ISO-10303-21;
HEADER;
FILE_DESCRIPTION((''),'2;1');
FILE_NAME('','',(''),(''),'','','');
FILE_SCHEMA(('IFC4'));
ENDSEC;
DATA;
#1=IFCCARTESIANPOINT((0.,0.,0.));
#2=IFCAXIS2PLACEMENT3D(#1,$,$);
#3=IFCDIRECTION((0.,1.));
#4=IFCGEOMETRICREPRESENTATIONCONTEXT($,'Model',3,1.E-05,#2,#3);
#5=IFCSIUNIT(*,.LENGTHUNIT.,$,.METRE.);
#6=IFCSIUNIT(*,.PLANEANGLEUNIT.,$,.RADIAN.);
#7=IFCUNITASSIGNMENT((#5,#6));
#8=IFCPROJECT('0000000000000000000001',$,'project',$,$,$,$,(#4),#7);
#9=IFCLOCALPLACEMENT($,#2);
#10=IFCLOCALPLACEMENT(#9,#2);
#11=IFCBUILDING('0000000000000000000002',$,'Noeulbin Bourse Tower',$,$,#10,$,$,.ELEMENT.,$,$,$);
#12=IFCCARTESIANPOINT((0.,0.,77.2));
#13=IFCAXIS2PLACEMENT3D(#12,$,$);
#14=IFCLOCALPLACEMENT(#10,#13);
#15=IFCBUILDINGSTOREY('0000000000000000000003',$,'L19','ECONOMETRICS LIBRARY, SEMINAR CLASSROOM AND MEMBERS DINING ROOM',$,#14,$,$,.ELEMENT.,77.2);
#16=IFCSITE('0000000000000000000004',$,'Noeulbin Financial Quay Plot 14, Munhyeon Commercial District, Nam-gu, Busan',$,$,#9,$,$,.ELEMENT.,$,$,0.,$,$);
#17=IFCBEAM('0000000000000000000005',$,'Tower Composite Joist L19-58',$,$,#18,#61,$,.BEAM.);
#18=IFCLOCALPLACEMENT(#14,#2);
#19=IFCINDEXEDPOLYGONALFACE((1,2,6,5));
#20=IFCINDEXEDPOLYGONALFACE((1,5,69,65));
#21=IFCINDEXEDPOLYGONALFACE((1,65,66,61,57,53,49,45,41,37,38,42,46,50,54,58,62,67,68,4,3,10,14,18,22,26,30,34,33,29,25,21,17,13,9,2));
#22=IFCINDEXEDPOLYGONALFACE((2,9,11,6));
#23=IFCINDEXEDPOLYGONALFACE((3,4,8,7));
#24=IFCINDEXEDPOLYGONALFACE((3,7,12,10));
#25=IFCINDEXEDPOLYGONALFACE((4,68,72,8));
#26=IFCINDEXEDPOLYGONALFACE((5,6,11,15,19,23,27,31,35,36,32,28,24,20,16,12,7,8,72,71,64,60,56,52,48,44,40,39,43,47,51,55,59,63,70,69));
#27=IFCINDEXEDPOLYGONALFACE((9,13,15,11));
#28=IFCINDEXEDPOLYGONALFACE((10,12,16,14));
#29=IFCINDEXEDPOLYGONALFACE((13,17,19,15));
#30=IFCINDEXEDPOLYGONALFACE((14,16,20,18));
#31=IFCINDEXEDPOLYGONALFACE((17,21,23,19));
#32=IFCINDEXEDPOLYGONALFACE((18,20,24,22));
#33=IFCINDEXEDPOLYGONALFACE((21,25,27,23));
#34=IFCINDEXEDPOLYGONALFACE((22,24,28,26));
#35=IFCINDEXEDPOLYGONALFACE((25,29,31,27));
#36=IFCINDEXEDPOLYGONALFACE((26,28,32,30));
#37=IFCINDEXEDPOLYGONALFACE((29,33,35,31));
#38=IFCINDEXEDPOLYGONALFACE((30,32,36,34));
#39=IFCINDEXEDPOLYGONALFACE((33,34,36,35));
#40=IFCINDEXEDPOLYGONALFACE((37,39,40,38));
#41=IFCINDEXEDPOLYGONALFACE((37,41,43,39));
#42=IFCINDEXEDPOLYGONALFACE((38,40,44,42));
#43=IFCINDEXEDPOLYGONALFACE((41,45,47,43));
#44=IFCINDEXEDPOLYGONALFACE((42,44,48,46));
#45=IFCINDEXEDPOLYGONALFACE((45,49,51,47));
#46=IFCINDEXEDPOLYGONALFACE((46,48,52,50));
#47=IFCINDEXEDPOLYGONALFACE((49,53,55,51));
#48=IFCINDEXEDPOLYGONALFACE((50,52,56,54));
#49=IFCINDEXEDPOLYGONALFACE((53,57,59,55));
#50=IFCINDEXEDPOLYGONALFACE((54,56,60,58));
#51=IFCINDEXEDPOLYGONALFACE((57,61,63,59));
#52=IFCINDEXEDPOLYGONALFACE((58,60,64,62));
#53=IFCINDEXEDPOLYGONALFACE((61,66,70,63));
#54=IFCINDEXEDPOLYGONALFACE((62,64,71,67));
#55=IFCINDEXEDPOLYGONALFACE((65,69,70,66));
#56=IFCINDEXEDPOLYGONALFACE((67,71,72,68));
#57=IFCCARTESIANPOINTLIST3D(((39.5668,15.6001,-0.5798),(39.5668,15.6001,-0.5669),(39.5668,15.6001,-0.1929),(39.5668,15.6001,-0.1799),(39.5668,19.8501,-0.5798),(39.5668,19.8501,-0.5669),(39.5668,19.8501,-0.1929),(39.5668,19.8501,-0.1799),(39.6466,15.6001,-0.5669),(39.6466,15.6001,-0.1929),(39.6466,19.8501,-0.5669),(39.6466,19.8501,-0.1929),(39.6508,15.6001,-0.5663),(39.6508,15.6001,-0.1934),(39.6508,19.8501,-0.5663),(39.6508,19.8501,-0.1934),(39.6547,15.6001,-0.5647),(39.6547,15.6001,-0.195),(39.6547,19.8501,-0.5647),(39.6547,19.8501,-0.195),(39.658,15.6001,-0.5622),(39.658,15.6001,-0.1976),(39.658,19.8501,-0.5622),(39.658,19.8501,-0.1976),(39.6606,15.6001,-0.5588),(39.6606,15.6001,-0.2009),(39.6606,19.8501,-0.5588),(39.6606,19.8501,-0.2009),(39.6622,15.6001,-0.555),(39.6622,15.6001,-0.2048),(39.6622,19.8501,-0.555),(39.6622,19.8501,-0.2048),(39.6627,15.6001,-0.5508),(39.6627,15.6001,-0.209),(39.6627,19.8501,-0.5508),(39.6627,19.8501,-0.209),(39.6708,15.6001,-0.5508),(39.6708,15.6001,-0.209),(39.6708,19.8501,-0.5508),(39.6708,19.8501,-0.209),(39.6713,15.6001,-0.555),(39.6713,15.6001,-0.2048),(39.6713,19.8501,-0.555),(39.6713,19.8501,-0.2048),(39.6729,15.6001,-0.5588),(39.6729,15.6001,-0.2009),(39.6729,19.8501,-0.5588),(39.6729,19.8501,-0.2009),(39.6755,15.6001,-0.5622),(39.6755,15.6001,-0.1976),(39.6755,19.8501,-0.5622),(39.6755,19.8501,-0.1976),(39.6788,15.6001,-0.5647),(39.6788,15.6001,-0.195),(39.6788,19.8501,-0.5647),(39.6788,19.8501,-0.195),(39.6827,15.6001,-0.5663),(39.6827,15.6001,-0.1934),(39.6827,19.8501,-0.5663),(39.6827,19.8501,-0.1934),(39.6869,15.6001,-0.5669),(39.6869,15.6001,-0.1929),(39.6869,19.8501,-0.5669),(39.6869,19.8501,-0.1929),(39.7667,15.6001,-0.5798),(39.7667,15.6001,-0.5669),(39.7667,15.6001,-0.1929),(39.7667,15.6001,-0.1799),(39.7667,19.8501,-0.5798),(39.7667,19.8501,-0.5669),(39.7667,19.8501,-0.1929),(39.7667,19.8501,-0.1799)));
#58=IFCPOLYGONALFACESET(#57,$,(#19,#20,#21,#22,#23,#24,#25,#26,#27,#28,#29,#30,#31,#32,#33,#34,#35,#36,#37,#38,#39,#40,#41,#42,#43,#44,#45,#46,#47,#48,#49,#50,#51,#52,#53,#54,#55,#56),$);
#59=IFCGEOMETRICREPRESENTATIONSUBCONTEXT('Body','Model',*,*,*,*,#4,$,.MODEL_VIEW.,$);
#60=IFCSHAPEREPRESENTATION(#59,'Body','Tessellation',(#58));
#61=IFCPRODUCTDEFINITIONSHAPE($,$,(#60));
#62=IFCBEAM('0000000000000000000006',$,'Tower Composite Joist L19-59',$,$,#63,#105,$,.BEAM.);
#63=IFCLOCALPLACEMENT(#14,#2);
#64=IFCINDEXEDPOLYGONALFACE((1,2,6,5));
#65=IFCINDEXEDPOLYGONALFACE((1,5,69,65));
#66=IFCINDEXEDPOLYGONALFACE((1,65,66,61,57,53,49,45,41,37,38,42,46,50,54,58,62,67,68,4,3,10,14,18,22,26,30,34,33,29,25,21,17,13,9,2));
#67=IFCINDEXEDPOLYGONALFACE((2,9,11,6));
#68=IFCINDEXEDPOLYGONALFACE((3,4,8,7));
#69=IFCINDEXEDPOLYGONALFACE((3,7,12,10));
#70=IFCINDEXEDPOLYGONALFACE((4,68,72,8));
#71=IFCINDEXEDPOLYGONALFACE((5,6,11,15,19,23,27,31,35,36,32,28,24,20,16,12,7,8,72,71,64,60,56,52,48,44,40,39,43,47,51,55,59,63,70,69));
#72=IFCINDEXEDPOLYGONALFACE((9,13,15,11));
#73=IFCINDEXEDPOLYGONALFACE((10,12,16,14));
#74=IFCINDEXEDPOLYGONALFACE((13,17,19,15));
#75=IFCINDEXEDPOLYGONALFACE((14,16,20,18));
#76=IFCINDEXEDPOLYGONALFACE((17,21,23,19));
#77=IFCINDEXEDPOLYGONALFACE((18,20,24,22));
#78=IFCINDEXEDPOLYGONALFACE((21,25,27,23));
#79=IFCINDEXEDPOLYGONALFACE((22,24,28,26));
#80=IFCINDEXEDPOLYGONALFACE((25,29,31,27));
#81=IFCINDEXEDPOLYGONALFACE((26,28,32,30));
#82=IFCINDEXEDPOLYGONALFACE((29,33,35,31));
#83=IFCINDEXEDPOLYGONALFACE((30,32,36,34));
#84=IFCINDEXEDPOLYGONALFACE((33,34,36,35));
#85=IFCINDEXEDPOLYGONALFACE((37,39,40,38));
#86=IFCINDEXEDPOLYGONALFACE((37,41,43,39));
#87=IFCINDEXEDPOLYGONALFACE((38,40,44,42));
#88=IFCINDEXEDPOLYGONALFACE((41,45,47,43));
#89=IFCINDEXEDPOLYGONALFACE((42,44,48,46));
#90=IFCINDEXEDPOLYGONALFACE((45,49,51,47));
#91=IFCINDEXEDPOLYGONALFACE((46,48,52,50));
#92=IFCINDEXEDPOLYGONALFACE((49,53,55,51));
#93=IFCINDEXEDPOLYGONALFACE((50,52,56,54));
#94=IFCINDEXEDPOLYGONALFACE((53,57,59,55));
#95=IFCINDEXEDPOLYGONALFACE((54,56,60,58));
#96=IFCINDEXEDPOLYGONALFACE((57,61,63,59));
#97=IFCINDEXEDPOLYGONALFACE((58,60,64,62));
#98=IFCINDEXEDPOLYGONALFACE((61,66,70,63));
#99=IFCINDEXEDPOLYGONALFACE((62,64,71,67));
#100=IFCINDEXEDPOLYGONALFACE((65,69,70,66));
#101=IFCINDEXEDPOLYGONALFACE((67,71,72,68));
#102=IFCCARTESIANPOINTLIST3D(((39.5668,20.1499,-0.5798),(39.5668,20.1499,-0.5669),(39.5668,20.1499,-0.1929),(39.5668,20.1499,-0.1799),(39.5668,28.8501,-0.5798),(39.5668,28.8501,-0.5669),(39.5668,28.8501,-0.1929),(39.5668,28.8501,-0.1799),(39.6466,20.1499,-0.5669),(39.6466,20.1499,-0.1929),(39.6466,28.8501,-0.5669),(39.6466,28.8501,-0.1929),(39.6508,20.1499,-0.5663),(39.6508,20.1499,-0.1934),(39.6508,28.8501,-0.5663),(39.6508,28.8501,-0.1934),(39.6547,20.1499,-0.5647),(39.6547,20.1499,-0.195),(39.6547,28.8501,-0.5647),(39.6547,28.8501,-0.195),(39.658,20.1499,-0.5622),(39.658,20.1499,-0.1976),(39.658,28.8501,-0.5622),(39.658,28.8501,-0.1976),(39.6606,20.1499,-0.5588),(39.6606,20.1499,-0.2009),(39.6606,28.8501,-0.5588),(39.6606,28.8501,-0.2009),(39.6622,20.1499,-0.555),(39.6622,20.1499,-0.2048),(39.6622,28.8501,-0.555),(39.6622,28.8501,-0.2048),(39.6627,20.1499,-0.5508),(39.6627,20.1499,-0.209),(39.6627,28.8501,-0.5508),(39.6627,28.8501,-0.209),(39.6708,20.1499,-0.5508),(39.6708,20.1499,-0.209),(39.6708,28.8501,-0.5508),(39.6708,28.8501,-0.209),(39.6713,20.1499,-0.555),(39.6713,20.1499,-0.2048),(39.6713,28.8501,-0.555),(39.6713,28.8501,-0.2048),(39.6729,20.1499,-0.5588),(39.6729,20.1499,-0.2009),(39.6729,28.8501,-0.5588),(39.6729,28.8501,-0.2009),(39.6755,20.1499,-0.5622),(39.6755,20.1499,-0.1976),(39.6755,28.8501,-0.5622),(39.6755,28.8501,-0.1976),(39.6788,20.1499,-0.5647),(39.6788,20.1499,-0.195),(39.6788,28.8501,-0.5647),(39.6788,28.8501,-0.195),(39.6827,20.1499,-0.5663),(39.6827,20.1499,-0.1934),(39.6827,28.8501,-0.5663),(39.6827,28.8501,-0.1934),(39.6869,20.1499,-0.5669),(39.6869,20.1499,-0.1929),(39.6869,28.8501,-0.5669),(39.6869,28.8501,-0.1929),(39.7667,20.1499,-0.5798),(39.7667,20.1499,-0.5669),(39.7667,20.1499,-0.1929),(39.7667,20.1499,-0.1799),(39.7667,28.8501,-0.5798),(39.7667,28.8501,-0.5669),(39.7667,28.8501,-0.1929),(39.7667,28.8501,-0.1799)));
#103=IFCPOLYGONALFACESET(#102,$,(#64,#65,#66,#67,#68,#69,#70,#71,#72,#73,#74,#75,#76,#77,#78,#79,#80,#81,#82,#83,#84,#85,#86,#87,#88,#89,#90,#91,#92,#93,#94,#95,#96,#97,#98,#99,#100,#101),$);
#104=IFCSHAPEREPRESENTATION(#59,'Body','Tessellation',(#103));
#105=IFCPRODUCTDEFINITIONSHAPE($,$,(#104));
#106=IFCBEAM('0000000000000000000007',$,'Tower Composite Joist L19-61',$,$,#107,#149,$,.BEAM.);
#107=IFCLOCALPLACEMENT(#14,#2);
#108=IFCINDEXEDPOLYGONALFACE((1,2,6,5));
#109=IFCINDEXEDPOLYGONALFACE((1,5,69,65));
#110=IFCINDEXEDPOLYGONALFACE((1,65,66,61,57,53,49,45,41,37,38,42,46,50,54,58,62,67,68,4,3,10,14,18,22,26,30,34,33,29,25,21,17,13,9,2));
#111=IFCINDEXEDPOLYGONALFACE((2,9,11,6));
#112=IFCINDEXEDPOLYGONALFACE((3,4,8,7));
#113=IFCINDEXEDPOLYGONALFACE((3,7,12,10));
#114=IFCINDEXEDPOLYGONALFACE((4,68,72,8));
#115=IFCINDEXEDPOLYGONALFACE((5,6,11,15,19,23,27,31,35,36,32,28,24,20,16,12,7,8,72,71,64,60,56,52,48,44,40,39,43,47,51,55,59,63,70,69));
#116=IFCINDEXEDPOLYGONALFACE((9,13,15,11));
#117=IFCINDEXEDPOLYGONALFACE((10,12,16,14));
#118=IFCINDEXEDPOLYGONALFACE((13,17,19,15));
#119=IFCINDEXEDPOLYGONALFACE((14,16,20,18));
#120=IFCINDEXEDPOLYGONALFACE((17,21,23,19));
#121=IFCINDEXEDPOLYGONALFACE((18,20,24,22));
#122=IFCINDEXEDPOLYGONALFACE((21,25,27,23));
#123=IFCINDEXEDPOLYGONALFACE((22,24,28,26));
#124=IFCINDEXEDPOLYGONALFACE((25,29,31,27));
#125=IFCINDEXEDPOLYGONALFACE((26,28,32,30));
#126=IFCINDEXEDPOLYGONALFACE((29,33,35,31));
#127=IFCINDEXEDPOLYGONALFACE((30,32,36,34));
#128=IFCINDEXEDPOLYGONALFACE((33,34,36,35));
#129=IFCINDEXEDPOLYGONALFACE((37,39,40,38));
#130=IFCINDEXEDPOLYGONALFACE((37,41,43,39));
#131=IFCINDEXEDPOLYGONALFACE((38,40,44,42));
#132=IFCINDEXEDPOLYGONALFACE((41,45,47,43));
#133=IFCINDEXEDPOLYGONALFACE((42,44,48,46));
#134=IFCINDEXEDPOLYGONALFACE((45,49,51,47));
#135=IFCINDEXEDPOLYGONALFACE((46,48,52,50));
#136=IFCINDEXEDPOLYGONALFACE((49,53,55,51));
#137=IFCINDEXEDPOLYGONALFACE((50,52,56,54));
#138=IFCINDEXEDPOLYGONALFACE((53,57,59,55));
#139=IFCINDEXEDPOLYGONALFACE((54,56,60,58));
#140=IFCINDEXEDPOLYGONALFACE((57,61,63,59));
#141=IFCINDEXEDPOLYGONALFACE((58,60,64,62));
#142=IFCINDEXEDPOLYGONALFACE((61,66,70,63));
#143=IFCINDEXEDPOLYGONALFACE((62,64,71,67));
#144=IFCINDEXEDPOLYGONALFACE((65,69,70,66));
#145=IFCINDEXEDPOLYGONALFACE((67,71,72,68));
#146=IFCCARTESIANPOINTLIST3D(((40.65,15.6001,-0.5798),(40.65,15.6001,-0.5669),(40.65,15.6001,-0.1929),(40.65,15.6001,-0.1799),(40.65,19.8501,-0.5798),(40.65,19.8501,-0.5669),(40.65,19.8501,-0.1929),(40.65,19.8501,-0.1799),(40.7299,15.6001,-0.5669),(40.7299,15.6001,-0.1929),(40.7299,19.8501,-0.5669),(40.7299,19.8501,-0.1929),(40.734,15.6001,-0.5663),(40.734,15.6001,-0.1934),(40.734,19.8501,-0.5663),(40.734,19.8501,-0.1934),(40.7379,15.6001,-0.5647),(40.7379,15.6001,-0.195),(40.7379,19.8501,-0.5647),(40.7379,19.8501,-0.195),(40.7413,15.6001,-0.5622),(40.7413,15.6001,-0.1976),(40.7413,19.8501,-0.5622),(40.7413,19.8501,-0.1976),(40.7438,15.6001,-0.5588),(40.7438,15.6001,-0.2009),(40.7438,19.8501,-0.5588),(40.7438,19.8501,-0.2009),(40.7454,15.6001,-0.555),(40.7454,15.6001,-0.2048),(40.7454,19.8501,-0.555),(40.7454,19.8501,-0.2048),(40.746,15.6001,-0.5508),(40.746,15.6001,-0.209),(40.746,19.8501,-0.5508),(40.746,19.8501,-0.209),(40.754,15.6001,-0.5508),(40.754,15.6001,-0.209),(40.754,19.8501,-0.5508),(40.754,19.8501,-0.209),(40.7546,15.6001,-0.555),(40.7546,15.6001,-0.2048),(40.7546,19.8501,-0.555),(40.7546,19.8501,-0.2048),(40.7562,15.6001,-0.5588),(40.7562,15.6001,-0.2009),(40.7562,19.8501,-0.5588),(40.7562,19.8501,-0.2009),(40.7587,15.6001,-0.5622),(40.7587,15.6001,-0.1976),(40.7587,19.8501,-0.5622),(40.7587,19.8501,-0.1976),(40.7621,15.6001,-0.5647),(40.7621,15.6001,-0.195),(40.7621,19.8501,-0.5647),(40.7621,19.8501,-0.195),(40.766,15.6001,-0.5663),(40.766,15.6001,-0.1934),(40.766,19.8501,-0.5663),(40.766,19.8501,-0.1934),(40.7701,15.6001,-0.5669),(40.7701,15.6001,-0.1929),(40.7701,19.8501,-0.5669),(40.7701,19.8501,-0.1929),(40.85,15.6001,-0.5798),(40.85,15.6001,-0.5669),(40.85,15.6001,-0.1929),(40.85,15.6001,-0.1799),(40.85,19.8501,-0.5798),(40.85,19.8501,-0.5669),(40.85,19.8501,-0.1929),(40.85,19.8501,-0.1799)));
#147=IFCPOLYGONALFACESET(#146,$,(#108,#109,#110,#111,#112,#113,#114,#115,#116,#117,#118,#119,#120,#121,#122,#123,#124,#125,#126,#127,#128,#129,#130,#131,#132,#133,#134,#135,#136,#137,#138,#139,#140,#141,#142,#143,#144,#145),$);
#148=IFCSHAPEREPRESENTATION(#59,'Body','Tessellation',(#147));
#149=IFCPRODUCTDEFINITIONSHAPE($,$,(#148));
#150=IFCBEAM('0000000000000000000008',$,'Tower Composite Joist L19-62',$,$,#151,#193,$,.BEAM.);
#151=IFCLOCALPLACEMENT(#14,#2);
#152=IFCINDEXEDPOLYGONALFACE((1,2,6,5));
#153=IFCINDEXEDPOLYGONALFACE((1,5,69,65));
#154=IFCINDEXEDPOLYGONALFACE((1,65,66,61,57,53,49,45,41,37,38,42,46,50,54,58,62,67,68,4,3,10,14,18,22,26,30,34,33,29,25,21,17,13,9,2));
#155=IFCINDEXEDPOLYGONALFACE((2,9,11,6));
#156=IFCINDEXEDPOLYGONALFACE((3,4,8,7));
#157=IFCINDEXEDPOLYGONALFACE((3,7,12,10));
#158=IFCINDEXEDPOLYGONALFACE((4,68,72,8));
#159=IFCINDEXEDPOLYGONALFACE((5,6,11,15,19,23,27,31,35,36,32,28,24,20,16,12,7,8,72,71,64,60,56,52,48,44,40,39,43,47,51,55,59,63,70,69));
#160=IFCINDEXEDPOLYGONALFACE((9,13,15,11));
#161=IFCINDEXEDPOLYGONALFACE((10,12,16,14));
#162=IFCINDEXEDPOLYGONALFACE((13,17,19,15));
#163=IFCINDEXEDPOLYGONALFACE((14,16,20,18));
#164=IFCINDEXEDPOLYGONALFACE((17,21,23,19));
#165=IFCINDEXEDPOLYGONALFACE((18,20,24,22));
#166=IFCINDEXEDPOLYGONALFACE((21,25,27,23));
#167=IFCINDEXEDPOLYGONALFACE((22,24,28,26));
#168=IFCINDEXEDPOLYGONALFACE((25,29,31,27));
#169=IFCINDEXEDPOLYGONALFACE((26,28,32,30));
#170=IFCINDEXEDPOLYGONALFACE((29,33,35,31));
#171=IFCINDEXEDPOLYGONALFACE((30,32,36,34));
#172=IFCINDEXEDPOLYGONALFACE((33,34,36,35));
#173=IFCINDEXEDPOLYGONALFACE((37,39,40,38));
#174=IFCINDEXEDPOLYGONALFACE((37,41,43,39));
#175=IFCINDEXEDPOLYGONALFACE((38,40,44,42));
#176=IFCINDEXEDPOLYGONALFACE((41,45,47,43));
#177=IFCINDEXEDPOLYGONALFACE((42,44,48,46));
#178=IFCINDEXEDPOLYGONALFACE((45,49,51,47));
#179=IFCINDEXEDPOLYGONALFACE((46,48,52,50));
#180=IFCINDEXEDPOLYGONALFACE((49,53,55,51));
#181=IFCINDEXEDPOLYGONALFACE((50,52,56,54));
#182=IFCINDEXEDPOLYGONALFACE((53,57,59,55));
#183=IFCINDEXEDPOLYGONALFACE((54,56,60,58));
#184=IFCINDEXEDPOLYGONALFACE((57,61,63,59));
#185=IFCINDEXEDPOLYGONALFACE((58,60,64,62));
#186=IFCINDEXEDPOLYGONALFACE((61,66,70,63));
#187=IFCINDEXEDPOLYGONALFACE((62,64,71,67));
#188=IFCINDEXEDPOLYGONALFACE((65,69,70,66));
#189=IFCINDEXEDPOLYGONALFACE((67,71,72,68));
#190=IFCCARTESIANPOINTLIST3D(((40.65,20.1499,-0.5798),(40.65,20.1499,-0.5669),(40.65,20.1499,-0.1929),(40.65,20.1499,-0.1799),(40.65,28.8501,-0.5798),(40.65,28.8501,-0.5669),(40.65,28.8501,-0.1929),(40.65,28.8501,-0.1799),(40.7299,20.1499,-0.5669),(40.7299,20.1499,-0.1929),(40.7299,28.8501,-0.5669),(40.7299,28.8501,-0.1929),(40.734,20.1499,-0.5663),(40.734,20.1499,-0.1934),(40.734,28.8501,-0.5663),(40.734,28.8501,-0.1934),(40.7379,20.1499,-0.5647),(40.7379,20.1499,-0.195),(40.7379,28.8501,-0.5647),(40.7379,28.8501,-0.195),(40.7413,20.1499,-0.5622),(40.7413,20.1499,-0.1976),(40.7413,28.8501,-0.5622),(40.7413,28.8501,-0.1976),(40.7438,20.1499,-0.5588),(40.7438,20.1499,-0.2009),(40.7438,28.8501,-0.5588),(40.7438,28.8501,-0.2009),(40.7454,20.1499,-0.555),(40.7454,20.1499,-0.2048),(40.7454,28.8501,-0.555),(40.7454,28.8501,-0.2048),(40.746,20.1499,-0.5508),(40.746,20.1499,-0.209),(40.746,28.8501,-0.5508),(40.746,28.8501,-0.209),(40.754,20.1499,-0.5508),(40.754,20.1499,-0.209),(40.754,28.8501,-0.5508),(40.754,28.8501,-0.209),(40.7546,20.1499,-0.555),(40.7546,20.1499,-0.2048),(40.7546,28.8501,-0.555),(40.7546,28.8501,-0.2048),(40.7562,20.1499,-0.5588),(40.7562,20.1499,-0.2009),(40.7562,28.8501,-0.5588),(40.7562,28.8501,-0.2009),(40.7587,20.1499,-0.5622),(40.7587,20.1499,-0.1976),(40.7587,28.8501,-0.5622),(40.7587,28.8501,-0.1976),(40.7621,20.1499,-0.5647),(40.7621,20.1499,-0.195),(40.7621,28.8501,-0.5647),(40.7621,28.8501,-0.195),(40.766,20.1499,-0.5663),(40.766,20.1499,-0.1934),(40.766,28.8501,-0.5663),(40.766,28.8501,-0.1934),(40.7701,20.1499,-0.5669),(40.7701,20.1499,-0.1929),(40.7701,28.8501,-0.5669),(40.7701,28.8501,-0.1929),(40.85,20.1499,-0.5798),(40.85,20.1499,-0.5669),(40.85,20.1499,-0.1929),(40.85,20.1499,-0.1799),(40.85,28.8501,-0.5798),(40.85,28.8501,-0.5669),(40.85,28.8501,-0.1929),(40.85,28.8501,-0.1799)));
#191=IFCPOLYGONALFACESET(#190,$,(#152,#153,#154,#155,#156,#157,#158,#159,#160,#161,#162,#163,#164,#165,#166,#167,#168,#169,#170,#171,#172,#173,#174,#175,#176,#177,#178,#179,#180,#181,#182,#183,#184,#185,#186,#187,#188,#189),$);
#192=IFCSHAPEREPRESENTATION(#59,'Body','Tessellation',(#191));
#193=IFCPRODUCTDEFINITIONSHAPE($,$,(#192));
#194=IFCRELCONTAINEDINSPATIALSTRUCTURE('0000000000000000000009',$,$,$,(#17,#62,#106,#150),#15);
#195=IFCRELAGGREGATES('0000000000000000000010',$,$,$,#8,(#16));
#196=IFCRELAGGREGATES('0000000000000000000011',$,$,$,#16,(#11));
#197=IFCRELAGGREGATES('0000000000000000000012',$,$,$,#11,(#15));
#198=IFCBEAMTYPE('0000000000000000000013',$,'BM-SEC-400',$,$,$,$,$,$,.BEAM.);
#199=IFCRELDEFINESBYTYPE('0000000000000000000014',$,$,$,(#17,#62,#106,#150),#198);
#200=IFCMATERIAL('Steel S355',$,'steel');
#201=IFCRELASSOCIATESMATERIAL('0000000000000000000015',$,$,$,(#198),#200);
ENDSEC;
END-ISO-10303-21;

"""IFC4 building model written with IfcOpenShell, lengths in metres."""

from ifc_helpers import new_model, si_unit, direction, frame, origin, origin_2d, place, context, subcontext, project, spatial, i_section, extrude, material, material_profile, profile_set, type_object, element, save


model = new_model("IFC4")

# Units and contexts
model_context = context("Model", 3, precision=1e-05, world=origin(), true_north=direction((0.0, 1.0)))
body_context = subcontext(model_context, "Body", "Model", "MODEL_VIEW")
ifc_project = project(units=[si_unit("LENGTHUNIT", "METRE"), si_unit("PLANEANGLEUNIT", "RADIAN")], contexts=[model_context])

# Site, building, storey
site_placement = place(None, origin())
site = spatial("IfcSite", under=ifc_project, at=site_placement, Name="Noeulbin Financial Quay Plot 14, Munhyeon Commercial District, Nam-gu, Busan", CompositionType="ELEMENT", RefElevation=0.0)
building_placement = place(site_placement, origin())
building = spatial("IfcBuilding", under=site, at=building_placement, Name="Noeulbin Bourse Tower", CompositionType="ELEMENT")
storey_placement = place(building_placement, frame((0.0, 0.0, 77.2)))
storey = spatial("IfcBuildingStorey", under=building, at=storey_placement, Name="L19", Description="ECONOMETRICS LIBRARY, SEMINAR CLASSROOM AND MEMBERS DINING ROOM", CompositionType="ELEMENT", Elevation=77.2)

# Shared definitions
ifc_material_1 = material(Name="Steel S355", Category="steel")

# Beams
ifc_material_profile_1 = material_profile(ifc_material_1, i_section(OverallWidth=0.2, OverallDepth=0.3999, WebThickness=0.0081, FlangeThickness=0.0129, FilletRadius=0.0161, at=origin_2d()), Name="H-400x200x8x13", Category="LoadBearing")
ifc_profile_set_1 = profile_set([ifc_material_profile_1], Name="Steel S355")
beam_type_1 = type_object("IfcBeamType", Name="BM-SEC-400", PredefinedType="BEAM", material=ifc_profile_set_1)
beam_1_placement = place(storey_placement, frame((39.6667, 15.6001, -0.3799), z_axis=(0.0, 1.0, 0.0), x_axis=(-1.0, 0.0, 0.0)))
element("IfcBeam", 1, at=beam_1_placement, inside=storey, type_object=beam_type_1, Name="Tower Composite Joist L19-58", PredefinedType="BEAM", context=body_context, shape_type="SweptSolid", body=[
    extrude(i_section(OverallWidth=0.2, OverallDepth=0.3999, WebThickness=0.0081, FlangeThickness=0.0129, FilletRadius=0.0161, at=origin_2d()), origin(), (0.0, 0.0, 1.0), 4.25),
])
beam_2_placement = place(storey_placement, frame((39.6667, 20.1499, -0.3799), z_axis=(0.0, 1.0, 0.0), x_axis=(-1.0, 0.0, 0.0)))
element("IfcBeam", 2, at=beam_2_placement, inside=storey, type_object=beam_type_1, Name="Tower Composite Joist L19-59", PredefinedType="BEAM", context=body_context, shape_type="SweptSolid", body=[
    extrude(i_section(OverallWidth=0.2, OverallDepth=0.3999, WebThickness=0.0081, FlangeThickness=0.0129, FilletRadius=0.0161, at=origin_2d()), origin(), (0.0, 0.0, 1.0), 8.7002),
])
beam_3_placement = place(storey_placement, frame((40.75, 15.6001, -0.3799), z_axis=(0.0, 1.0, 0.0), x_axis=(-1.0, 0.0, 0.0)))
element("IfcBeam", 3, at=beam_3_placement, inside=storey, type_object=beam_type_1, Name="Tower Composite Joist L19-61", PredefinedType="BEAM", context=body_context, shape_type="SweptSolid", body=[
    extrude(i_section(OverallWidth=0.2, OverallDepth=0.3999, WebThickness=0.0081, FlangeThickness=0.0129, FilletRadius=0.0161, at=origin_2d()), origin(), (0.0, 0.0, 1.0), 4.25),
])
beam_4_placement = place(storey_placement, frame((40.75, 20.1499, -0.3799), z_axis=(0.0, 1.0, 0.0), x_axis=(-1.0, 0.0, 0.0)))
element("IfcBeam", 4, at=beam_4_placement, inside=storey, type_object=beam_type_1, Name="Tower Composite Joist L19-62", PredefinedType="BEAM", context=body_context, shape_type="SweptSolid", body=[
    extrude(i_section(OverallWidth=0.2, OverallDepth=0.3999, WebThickness=0.0081, FlangeThickness=0.0129, FilletRadius=0.0161, at=origin_2d()), origin(), (0.0, 0.0, 1.0), 8.7002),
])

save(model, "model.ifc")
